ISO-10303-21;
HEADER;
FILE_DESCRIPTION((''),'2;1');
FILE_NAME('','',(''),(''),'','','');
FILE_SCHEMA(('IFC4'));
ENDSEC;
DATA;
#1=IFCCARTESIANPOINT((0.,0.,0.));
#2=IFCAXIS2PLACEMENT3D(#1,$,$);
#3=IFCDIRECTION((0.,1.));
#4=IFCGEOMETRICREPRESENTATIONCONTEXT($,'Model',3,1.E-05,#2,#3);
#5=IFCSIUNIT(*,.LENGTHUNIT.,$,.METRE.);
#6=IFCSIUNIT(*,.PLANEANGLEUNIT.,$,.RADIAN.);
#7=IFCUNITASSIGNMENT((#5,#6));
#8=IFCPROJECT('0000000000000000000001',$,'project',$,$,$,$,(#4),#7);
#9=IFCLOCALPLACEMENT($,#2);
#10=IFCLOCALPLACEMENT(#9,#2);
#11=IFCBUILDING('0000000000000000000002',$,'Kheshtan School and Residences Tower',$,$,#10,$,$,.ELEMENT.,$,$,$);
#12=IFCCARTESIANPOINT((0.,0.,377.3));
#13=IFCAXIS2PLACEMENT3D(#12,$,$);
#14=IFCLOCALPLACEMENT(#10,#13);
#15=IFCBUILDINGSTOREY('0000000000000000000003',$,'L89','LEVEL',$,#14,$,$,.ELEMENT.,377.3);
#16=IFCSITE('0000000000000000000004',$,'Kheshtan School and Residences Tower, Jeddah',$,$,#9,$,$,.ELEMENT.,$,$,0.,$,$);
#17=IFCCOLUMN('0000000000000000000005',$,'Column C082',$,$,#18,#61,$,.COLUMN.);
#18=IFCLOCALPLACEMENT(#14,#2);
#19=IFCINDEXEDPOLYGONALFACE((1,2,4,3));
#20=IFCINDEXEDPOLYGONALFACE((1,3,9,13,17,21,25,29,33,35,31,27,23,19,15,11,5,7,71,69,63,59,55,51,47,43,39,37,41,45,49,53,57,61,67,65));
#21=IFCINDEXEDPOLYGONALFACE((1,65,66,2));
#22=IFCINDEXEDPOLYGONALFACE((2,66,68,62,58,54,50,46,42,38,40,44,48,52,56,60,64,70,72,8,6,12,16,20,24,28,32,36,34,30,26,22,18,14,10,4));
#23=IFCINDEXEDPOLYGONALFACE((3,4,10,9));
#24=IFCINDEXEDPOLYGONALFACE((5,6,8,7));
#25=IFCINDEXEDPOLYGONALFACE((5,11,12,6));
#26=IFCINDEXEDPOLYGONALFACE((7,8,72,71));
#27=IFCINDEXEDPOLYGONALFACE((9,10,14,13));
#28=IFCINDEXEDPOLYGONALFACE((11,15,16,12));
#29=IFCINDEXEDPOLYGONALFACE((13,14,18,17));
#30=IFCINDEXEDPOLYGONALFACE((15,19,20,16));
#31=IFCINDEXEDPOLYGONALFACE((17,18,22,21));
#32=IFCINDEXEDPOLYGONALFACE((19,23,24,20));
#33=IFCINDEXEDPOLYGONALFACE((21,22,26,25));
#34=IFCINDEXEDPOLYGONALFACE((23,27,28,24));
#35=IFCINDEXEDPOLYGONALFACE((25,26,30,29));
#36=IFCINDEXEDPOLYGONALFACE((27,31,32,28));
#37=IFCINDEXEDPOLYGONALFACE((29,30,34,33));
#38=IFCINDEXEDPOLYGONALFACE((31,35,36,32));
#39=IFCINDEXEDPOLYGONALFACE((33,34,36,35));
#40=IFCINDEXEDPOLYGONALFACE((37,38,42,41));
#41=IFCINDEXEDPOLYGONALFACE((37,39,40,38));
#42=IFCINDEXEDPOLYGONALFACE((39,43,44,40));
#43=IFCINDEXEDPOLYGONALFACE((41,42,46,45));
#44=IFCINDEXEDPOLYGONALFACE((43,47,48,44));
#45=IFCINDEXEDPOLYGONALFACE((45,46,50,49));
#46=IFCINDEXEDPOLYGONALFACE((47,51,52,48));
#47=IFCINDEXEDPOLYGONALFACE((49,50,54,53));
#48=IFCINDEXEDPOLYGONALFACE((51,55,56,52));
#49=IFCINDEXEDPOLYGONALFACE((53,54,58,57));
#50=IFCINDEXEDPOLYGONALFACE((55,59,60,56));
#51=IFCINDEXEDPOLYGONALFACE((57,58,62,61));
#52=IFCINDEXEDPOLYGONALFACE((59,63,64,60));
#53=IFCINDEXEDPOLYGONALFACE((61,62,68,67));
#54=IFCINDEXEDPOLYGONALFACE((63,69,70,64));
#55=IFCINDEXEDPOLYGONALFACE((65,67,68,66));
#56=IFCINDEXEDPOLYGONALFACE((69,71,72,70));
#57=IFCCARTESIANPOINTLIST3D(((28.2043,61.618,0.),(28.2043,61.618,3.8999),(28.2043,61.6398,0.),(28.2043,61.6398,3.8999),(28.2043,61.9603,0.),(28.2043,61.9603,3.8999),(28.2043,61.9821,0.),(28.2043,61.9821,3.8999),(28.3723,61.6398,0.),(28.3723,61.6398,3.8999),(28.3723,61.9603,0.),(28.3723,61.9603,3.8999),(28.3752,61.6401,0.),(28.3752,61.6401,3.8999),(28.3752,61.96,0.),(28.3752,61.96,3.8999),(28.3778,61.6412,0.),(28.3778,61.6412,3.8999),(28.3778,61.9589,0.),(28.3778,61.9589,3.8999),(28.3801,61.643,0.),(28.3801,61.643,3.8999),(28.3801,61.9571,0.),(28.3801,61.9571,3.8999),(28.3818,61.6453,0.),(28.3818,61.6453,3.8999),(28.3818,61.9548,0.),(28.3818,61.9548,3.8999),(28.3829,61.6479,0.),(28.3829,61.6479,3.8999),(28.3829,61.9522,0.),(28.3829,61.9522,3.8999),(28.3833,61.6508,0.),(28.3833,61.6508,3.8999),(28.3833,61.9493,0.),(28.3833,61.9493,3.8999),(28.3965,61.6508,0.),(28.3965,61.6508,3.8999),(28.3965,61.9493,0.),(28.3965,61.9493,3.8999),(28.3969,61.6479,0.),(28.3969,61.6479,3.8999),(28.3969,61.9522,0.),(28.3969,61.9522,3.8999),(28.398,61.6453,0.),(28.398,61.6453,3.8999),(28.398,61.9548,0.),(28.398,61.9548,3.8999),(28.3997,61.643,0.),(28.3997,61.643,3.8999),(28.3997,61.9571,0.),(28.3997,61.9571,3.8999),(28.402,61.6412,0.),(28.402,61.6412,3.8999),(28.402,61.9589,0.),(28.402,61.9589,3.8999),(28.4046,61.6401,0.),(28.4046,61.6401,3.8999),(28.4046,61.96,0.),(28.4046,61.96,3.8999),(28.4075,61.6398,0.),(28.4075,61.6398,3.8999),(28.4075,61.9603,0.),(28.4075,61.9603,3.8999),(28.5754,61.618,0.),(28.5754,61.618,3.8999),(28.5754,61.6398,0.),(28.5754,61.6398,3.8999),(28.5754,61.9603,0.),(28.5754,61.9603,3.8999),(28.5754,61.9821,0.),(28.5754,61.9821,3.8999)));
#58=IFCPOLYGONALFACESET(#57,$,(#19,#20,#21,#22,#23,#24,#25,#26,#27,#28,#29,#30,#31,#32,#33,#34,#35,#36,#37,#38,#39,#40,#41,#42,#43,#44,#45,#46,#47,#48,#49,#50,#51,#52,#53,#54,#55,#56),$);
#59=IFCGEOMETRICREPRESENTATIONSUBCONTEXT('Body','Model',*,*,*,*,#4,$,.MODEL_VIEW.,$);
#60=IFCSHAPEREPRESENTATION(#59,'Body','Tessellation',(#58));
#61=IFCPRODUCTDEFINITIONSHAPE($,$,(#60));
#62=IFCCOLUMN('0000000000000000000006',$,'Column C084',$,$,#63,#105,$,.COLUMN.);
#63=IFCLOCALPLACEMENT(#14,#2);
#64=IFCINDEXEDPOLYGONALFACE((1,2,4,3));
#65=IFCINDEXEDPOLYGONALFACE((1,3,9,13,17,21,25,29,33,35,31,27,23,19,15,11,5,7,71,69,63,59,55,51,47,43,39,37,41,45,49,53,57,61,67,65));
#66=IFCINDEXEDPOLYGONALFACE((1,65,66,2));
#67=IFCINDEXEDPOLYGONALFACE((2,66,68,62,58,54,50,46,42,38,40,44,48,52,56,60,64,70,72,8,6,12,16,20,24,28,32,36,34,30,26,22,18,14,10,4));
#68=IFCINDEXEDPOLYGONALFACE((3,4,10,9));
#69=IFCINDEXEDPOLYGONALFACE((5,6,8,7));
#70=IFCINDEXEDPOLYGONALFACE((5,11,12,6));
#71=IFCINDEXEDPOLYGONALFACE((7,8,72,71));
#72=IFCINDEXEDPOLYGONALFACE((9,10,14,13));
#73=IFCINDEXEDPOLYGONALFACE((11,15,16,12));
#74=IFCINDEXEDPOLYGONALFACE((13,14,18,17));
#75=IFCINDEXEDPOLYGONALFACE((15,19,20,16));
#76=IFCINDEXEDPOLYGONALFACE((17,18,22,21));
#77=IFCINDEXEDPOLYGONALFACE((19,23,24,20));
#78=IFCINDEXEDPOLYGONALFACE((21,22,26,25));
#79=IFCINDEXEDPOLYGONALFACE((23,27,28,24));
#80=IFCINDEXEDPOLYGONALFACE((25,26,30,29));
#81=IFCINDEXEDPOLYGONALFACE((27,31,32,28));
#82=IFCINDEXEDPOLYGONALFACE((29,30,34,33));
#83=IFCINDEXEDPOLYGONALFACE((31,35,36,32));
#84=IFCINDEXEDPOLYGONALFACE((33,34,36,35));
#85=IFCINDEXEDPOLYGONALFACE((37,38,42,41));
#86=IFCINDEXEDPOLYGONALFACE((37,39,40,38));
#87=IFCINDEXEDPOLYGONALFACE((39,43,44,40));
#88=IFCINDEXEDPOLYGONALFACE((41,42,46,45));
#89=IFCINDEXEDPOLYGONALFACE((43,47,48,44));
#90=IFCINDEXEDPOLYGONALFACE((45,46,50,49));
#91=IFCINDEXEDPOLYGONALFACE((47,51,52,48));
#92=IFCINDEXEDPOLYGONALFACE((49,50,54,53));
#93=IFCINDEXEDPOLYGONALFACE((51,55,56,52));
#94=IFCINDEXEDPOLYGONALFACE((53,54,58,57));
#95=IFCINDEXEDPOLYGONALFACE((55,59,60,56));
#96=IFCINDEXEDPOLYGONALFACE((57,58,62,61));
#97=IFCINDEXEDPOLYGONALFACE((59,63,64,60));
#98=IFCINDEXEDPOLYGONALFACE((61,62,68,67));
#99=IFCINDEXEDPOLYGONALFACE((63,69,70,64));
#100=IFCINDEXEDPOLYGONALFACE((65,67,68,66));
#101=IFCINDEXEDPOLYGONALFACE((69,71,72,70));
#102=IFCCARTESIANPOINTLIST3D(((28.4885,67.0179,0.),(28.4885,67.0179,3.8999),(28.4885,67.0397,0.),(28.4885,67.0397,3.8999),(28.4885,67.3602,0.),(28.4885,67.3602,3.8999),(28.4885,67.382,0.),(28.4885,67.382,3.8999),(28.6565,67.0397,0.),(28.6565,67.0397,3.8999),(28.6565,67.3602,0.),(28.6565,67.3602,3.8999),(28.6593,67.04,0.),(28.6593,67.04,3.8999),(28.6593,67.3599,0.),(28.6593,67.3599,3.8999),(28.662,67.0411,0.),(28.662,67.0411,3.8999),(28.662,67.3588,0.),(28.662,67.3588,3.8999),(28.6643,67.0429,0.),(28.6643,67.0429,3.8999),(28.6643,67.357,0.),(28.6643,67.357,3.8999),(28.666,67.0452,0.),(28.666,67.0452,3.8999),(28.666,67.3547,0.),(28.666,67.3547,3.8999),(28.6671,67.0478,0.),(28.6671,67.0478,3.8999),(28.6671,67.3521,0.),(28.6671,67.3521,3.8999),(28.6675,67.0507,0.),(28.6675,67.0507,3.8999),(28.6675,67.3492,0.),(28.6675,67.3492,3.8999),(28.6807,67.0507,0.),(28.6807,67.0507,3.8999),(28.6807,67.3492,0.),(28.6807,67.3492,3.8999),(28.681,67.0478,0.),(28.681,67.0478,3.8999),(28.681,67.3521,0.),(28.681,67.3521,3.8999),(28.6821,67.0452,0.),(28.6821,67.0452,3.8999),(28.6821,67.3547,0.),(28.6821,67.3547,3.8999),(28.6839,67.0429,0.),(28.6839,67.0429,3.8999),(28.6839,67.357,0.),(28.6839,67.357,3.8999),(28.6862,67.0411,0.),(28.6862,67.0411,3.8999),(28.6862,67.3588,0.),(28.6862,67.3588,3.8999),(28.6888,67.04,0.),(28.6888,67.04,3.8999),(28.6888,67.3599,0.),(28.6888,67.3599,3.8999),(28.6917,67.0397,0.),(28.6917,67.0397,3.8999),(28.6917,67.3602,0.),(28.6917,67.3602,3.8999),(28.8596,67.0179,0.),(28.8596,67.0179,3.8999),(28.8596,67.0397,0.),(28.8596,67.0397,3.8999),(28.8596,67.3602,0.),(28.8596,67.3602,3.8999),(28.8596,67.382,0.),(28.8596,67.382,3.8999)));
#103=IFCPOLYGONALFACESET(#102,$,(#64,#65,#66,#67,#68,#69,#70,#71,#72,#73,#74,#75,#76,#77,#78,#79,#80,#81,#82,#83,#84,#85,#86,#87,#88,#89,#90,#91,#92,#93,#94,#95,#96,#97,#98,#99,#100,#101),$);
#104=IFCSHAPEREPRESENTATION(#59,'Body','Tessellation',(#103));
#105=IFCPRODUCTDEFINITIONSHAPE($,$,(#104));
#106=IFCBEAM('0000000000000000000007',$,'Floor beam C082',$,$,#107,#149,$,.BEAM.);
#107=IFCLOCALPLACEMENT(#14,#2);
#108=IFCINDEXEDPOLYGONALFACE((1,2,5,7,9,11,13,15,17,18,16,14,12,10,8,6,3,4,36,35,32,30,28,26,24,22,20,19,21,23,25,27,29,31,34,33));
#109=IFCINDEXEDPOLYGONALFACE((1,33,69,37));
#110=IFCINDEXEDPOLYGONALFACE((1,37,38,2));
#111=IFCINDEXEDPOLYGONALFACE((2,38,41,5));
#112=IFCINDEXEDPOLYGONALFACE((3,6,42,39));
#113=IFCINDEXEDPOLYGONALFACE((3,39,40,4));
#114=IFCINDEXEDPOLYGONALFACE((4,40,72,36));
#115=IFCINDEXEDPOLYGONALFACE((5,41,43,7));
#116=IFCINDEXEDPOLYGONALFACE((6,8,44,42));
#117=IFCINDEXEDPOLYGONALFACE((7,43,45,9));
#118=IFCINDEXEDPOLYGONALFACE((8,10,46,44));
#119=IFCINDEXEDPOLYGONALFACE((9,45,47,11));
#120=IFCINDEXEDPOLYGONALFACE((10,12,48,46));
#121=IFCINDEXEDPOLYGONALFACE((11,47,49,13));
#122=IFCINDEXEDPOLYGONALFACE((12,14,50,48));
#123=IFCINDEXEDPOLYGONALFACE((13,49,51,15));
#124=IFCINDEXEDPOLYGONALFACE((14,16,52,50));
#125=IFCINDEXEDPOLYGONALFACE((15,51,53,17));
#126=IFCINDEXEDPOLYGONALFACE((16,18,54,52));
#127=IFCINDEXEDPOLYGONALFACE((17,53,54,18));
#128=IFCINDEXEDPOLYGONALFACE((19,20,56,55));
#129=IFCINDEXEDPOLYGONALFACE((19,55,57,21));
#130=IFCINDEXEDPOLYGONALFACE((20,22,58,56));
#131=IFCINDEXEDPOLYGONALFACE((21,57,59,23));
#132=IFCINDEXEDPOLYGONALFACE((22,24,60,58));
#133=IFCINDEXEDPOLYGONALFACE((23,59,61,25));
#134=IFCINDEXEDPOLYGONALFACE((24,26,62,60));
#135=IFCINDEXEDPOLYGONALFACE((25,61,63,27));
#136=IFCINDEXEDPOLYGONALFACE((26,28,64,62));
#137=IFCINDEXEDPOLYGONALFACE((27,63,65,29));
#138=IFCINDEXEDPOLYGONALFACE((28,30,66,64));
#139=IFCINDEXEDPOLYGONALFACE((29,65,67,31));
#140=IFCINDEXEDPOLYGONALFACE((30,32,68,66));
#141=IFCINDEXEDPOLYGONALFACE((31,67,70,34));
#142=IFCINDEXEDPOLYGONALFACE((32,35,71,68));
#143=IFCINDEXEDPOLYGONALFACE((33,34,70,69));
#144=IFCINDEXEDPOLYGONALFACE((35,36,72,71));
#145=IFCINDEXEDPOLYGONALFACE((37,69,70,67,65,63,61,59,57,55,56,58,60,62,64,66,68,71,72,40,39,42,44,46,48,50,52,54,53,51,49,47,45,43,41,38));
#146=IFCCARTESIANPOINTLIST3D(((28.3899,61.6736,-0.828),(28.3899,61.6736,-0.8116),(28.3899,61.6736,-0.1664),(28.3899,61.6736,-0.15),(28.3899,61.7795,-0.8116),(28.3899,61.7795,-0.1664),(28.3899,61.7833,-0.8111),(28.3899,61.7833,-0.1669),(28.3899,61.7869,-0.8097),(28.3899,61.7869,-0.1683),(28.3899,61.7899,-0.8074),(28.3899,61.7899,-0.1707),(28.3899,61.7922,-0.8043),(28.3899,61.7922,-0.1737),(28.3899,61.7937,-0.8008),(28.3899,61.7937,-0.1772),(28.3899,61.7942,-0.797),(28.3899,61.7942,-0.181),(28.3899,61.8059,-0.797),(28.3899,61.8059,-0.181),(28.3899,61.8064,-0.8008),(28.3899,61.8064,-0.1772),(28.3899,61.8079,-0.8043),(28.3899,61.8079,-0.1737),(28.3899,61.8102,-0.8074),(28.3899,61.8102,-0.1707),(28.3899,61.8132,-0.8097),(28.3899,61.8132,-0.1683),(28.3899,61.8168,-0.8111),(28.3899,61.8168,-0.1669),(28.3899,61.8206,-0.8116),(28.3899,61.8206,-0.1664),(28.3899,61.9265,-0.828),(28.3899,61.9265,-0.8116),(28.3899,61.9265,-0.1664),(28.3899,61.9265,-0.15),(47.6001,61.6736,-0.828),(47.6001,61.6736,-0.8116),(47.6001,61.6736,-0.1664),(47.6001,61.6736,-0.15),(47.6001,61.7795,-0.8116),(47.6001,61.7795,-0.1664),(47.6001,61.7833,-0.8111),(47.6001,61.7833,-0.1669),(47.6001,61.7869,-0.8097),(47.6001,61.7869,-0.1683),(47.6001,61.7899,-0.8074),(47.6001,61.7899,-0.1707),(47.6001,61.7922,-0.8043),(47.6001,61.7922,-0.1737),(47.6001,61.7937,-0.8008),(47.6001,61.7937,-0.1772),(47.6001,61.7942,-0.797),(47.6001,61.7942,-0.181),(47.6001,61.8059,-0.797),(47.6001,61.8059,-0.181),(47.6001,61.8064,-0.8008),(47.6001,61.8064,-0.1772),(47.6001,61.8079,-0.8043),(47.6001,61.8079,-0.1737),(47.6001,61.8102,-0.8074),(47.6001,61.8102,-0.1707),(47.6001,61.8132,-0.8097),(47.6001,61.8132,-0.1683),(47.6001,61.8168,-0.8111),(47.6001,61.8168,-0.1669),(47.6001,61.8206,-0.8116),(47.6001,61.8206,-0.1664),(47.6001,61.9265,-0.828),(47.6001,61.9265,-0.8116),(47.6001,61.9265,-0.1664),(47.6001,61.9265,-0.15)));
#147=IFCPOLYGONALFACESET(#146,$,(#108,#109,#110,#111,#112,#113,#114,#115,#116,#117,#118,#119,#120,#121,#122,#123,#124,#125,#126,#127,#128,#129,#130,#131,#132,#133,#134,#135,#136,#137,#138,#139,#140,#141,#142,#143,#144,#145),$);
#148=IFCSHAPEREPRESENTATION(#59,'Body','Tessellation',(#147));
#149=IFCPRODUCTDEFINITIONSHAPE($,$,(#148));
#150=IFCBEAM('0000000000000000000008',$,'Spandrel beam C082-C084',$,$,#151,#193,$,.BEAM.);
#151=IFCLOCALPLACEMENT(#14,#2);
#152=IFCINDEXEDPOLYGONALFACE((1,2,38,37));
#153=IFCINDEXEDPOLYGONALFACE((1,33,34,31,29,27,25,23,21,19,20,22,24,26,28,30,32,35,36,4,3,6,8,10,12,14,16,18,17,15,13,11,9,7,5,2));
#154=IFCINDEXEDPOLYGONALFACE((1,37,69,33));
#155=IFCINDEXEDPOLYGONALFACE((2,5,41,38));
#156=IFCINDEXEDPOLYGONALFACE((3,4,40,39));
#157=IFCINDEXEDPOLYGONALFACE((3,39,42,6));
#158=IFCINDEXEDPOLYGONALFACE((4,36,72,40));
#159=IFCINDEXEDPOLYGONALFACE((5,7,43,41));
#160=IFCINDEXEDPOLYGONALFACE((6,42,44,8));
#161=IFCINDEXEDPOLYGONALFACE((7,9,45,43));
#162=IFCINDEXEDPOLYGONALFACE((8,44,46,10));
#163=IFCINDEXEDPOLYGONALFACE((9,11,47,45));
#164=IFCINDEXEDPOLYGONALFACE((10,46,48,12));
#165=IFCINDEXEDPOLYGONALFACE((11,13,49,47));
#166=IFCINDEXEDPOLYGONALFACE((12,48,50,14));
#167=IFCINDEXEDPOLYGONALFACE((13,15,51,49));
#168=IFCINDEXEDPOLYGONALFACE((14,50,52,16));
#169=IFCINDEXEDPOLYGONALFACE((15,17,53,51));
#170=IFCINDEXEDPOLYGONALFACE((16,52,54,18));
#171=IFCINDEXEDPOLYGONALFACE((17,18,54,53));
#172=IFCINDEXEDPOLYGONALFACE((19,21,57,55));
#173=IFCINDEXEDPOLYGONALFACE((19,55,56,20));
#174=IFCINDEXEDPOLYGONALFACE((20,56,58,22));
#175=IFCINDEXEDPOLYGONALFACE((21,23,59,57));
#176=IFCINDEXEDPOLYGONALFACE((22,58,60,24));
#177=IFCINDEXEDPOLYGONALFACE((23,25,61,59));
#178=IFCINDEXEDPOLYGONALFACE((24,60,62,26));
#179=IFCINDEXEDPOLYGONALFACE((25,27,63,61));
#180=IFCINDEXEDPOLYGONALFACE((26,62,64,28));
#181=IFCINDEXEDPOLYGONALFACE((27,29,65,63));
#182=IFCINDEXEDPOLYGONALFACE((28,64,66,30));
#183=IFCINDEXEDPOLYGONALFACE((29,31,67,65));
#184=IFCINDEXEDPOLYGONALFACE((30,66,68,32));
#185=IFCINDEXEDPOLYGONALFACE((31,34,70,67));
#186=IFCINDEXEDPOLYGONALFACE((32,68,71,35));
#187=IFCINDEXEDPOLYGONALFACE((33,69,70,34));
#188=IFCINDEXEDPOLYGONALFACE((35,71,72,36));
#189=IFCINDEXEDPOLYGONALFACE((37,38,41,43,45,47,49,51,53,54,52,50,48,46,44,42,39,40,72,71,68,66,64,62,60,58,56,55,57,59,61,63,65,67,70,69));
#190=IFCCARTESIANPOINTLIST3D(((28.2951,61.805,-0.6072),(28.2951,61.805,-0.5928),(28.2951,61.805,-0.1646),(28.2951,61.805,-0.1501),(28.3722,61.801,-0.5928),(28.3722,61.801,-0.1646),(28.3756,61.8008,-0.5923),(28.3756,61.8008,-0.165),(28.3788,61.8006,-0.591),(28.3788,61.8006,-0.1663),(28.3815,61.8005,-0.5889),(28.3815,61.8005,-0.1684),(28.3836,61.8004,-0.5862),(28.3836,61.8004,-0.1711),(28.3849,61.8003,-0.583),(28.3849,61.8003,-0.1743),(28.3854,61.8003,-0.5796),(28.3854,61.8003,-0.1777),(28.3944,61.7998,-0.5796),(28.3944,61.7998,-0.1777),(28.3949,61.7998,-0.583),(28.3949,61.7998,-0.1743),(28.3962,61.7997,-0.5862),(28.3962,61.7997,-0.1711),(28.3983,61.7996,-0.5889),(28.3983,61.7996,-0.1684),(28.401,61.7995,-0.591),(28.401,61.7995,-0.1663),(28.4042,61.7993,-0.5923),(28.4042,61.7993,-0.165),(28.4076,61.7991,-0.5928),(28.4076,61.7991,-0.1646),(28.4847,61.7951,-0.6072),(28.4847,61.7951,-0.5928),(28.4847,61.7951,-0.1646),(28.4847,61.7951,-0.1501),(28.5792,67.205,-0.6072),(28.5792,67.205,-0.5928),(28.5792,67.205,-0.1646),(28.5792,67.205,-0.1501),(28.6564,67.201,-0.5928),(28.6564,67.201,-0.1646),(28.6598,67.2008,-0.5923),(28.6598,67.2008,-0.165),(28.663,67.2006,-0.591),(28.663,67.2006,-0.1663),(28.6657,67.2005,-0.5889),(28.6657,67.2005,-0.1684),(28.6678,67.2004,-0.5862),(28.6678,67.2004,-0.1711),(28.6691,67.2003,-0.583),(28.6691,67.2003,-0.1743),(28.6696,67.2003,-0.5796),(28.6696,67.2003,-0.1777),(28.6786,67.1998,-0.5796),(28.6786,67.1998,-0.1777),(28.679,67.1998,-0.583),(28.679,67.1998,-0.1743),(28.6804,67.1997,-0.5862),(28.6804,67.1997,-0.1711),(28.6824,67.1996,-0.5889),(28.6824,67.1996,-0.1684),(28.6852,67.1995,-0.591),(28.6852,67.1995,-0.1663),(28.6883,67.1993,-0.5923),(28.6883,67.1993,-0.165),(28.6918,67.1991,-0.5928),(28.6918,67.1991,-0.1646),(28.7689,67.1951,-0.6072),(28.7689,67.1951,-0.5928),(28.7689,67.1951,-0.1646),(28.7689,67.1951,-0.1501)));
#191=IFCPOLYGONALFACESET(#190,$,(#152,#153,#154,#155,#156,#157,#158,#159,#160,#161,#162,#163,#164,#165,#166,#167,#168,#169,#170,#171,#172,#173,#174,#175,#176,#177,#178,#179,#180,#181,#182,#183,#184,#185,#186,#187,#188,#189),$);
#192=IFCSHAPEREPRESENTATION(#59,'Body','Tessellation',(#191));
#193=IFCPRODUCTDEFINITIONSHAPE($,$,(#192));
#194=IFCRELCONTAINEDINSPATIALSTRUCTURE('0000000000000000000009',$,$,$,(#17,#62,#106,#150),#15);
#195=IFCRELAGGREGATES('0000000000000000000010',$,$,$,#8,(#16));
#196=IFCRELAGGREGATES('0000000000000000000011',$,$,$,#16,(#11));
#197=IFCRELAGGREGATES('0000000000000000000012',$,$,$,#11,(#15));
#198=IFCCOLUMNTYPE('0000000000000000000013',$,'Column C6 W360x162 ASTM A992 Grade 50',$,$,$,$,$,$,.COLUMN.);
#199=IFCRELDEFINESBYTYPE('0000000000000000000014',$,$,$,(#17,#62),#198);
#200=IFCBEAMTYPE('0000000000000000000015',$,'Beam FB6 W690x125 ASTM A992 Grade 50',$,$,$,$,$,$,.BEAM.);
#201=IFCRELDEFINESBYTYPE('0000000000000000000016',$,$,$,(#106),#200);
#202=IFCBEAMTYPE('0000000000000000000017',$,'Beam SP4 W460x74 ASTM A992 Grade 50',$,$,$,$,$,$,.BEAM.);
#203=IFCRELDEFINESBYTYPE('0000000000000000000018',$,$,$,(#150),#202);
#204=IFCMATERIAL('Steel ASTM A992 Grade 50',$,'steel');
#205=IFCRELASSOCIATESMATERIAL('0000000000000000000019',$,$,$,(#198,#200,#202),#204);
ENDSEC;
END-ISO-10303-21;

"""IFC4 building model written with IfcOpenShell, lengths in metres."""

from ifc_helpers import new_model, si_unit, direction, frame, origin, origin_2d, place, context, subcontext, project, spatial, i_section, extrude, material, material_profile, profile_set, type_object, element, save


model = new_model("IFC4")

# Units and contexts
model_context = context("Model", 3, precision=1e-05, world=origin(), true_north=direction((0.0, 1.0)))
body_context = subcontext(model_context, "Body", "Model", "MODEL_VIEW")
ifc_project = project(units=[si_unit("LENGTHUNIT", "METRE"), si_unit("PLANEANGLEUNIT", "RADIAN")], contexts=[model_context])

# Site, building, storey
site_placement = place(None, origin())
site = spatial("IfcSite", under=ifc_project, at=site_placement, Name="Kheshtan School and Residences Tower, Jeddah", CompositionType="ELEMENT", RefElevation=0.0)
building_placement = place(site_placement, origin())
building = spatial("IfcBuilding", under=site, at=building_placement, Name="Kheshtan School and Residences Tower", CompositionType="ELEMENT")
storey_placement = place(building_placement, frame((0.0, 0.0, 377.3)))
storey = spatial("IfcBuildingStorey", under=building, at=storey_placement, Name="L89", Description="LEVEL", CompositionType="ELEMENT", Elevation=377.3)

# Columns
ifc_material_1 = material(Name="Steel ASTM A992 Grade 50", Category="steel")
ifc_material_profile_1 = material_profile(ifc_material_1, i_section(OverallWidth=0.3711, OverallDepth=0.364, WebThickness=0.0132, FlangeThickness=0.0217, FilletRadius=0.011, at=origin_2d()), Name="W360x162")
ifc_profile_set_1 = profile_set([ifc_material_profile_1], Name="Steel ASTM A992 Grade 50")
column_type = type_object("IfcColumnType", Name="Column C6 W360x162 ASTM A992 Grade 50", PredefinedType="COLUMN", material=ifc_profile_set_1)
for number, where, z_axis, x_axis, name in (
    (1, (28.3899, 61.8, 0.0), (0.0, 0.0, 1.0), (1.0, 0.0, 0.0), "Column C082"),
    (2, (28.6741, 67.2, 0.0), (0.0, 0.0, 1.0), (1.0, 0.0, 0.0), "Column C084"),
):
    element("IfcColumn", number, at=place(storey_placement, frame(where, z_axis=z_axis, x_axis=x_axis)), inside=storey, type_object=column_type, Name=name, PredefinedType="COLUMN", context=body_context, shape_type="SweptSolid", body=[
        extrude(i_section(OverallWidth=0.3711, OverallDepth=0.364, WebThickness=0.0132, FlangeThickness=0.0217, FilletRadius=0.011, at=origin_2d()), origin(), (0.0, 0.0, 1.0), 3.8999),
    ])

# Beams
ifc_material_profile_2 = material_profile(ifc_material_1, i_section(OverallWidth=0.2529, OverallDepth=0.678, WebThickness=0.0117, FlangeThickness=0.0164, FilletRadius=0.0146, at=origin_2d()), Name="W690x125")
ifc_profile_set_2 = profile_set([ifc_material_profile_2], Name="Steel ASTM A992 Grade 50")
beam_type_1 = type_object("IfcBeamType", Name="Beam FB6 W690x125 ASTM A992 Grade 50", PredefinedType="BEAM", material=ifc_profile_set_2)
beam_1_placement = place(storey_placement, frame((28.3899, 61.8, -0.489), z_axis=(1.0, 0.0, 0.0), x_axis=(0.0, 1.0, 0.0)))
element("IfcBeam", 3, at=beam_1_placement, inside=storey, type_object=beam_type_1, Name="Floor beam C082", PredefinedType="BEAM", context=body_context, shape_type="SweptSolid", body=[
    extrude(i_section(OverallWidth=0.2529, OverallDepth=0.678, WebThickness=0.0117, FlangeThickness=0.0164, FilletRadius=0.0146, at=origin_2d()), origin(), (0.0, 0.0, 1.0), 19.2102),
])
ifc_material_profile_3 = material_profile(ifc_material_1, i_section(OverallWidth=0.1899, OverallDepth=0.457, WebThickness=0.009, FlangeThickness=0.0144, FilletRadius=0.0132, at=origin_2d()), Name="W460x74")
ifc_profile_set_3 = profile_set([ifc_material_profile_3], Name="Steel ASTM A992 Grade 50")
beam_type_2 = type_object("IfcBeamType", Name="Beam SP4 W460x74 ASTM A992 Grade 50", PredefinedType="BEAM", material=ifc_profile_set_3)
beam_2_placement = place(storey_placement, frame((28.3899, 61.8, -0.3787), z_axis=(0.052554, 0.998618, 0.0), x_axis=(-0.998618, 0.052554, 0.0)))
element("IfcBeam", 4, at=beam_2_placement, inside=storey, type_object=beam_type_2, Name="Spandrel beam C082-C084", PredefinedType="BEAM", context=body_context, shape_type="SweptSolid", body=[
    extrude(i_section(OverallWidth=0.1899, OverallDepth=0.457, WebThickness=0.009, FlangeThickness=0.0144, FilletRadius=0.0132, at=origin_2d()), origin(), (0.0, 0.0, 1.0), 5.4075),
])

save(model, "model.ifc")
